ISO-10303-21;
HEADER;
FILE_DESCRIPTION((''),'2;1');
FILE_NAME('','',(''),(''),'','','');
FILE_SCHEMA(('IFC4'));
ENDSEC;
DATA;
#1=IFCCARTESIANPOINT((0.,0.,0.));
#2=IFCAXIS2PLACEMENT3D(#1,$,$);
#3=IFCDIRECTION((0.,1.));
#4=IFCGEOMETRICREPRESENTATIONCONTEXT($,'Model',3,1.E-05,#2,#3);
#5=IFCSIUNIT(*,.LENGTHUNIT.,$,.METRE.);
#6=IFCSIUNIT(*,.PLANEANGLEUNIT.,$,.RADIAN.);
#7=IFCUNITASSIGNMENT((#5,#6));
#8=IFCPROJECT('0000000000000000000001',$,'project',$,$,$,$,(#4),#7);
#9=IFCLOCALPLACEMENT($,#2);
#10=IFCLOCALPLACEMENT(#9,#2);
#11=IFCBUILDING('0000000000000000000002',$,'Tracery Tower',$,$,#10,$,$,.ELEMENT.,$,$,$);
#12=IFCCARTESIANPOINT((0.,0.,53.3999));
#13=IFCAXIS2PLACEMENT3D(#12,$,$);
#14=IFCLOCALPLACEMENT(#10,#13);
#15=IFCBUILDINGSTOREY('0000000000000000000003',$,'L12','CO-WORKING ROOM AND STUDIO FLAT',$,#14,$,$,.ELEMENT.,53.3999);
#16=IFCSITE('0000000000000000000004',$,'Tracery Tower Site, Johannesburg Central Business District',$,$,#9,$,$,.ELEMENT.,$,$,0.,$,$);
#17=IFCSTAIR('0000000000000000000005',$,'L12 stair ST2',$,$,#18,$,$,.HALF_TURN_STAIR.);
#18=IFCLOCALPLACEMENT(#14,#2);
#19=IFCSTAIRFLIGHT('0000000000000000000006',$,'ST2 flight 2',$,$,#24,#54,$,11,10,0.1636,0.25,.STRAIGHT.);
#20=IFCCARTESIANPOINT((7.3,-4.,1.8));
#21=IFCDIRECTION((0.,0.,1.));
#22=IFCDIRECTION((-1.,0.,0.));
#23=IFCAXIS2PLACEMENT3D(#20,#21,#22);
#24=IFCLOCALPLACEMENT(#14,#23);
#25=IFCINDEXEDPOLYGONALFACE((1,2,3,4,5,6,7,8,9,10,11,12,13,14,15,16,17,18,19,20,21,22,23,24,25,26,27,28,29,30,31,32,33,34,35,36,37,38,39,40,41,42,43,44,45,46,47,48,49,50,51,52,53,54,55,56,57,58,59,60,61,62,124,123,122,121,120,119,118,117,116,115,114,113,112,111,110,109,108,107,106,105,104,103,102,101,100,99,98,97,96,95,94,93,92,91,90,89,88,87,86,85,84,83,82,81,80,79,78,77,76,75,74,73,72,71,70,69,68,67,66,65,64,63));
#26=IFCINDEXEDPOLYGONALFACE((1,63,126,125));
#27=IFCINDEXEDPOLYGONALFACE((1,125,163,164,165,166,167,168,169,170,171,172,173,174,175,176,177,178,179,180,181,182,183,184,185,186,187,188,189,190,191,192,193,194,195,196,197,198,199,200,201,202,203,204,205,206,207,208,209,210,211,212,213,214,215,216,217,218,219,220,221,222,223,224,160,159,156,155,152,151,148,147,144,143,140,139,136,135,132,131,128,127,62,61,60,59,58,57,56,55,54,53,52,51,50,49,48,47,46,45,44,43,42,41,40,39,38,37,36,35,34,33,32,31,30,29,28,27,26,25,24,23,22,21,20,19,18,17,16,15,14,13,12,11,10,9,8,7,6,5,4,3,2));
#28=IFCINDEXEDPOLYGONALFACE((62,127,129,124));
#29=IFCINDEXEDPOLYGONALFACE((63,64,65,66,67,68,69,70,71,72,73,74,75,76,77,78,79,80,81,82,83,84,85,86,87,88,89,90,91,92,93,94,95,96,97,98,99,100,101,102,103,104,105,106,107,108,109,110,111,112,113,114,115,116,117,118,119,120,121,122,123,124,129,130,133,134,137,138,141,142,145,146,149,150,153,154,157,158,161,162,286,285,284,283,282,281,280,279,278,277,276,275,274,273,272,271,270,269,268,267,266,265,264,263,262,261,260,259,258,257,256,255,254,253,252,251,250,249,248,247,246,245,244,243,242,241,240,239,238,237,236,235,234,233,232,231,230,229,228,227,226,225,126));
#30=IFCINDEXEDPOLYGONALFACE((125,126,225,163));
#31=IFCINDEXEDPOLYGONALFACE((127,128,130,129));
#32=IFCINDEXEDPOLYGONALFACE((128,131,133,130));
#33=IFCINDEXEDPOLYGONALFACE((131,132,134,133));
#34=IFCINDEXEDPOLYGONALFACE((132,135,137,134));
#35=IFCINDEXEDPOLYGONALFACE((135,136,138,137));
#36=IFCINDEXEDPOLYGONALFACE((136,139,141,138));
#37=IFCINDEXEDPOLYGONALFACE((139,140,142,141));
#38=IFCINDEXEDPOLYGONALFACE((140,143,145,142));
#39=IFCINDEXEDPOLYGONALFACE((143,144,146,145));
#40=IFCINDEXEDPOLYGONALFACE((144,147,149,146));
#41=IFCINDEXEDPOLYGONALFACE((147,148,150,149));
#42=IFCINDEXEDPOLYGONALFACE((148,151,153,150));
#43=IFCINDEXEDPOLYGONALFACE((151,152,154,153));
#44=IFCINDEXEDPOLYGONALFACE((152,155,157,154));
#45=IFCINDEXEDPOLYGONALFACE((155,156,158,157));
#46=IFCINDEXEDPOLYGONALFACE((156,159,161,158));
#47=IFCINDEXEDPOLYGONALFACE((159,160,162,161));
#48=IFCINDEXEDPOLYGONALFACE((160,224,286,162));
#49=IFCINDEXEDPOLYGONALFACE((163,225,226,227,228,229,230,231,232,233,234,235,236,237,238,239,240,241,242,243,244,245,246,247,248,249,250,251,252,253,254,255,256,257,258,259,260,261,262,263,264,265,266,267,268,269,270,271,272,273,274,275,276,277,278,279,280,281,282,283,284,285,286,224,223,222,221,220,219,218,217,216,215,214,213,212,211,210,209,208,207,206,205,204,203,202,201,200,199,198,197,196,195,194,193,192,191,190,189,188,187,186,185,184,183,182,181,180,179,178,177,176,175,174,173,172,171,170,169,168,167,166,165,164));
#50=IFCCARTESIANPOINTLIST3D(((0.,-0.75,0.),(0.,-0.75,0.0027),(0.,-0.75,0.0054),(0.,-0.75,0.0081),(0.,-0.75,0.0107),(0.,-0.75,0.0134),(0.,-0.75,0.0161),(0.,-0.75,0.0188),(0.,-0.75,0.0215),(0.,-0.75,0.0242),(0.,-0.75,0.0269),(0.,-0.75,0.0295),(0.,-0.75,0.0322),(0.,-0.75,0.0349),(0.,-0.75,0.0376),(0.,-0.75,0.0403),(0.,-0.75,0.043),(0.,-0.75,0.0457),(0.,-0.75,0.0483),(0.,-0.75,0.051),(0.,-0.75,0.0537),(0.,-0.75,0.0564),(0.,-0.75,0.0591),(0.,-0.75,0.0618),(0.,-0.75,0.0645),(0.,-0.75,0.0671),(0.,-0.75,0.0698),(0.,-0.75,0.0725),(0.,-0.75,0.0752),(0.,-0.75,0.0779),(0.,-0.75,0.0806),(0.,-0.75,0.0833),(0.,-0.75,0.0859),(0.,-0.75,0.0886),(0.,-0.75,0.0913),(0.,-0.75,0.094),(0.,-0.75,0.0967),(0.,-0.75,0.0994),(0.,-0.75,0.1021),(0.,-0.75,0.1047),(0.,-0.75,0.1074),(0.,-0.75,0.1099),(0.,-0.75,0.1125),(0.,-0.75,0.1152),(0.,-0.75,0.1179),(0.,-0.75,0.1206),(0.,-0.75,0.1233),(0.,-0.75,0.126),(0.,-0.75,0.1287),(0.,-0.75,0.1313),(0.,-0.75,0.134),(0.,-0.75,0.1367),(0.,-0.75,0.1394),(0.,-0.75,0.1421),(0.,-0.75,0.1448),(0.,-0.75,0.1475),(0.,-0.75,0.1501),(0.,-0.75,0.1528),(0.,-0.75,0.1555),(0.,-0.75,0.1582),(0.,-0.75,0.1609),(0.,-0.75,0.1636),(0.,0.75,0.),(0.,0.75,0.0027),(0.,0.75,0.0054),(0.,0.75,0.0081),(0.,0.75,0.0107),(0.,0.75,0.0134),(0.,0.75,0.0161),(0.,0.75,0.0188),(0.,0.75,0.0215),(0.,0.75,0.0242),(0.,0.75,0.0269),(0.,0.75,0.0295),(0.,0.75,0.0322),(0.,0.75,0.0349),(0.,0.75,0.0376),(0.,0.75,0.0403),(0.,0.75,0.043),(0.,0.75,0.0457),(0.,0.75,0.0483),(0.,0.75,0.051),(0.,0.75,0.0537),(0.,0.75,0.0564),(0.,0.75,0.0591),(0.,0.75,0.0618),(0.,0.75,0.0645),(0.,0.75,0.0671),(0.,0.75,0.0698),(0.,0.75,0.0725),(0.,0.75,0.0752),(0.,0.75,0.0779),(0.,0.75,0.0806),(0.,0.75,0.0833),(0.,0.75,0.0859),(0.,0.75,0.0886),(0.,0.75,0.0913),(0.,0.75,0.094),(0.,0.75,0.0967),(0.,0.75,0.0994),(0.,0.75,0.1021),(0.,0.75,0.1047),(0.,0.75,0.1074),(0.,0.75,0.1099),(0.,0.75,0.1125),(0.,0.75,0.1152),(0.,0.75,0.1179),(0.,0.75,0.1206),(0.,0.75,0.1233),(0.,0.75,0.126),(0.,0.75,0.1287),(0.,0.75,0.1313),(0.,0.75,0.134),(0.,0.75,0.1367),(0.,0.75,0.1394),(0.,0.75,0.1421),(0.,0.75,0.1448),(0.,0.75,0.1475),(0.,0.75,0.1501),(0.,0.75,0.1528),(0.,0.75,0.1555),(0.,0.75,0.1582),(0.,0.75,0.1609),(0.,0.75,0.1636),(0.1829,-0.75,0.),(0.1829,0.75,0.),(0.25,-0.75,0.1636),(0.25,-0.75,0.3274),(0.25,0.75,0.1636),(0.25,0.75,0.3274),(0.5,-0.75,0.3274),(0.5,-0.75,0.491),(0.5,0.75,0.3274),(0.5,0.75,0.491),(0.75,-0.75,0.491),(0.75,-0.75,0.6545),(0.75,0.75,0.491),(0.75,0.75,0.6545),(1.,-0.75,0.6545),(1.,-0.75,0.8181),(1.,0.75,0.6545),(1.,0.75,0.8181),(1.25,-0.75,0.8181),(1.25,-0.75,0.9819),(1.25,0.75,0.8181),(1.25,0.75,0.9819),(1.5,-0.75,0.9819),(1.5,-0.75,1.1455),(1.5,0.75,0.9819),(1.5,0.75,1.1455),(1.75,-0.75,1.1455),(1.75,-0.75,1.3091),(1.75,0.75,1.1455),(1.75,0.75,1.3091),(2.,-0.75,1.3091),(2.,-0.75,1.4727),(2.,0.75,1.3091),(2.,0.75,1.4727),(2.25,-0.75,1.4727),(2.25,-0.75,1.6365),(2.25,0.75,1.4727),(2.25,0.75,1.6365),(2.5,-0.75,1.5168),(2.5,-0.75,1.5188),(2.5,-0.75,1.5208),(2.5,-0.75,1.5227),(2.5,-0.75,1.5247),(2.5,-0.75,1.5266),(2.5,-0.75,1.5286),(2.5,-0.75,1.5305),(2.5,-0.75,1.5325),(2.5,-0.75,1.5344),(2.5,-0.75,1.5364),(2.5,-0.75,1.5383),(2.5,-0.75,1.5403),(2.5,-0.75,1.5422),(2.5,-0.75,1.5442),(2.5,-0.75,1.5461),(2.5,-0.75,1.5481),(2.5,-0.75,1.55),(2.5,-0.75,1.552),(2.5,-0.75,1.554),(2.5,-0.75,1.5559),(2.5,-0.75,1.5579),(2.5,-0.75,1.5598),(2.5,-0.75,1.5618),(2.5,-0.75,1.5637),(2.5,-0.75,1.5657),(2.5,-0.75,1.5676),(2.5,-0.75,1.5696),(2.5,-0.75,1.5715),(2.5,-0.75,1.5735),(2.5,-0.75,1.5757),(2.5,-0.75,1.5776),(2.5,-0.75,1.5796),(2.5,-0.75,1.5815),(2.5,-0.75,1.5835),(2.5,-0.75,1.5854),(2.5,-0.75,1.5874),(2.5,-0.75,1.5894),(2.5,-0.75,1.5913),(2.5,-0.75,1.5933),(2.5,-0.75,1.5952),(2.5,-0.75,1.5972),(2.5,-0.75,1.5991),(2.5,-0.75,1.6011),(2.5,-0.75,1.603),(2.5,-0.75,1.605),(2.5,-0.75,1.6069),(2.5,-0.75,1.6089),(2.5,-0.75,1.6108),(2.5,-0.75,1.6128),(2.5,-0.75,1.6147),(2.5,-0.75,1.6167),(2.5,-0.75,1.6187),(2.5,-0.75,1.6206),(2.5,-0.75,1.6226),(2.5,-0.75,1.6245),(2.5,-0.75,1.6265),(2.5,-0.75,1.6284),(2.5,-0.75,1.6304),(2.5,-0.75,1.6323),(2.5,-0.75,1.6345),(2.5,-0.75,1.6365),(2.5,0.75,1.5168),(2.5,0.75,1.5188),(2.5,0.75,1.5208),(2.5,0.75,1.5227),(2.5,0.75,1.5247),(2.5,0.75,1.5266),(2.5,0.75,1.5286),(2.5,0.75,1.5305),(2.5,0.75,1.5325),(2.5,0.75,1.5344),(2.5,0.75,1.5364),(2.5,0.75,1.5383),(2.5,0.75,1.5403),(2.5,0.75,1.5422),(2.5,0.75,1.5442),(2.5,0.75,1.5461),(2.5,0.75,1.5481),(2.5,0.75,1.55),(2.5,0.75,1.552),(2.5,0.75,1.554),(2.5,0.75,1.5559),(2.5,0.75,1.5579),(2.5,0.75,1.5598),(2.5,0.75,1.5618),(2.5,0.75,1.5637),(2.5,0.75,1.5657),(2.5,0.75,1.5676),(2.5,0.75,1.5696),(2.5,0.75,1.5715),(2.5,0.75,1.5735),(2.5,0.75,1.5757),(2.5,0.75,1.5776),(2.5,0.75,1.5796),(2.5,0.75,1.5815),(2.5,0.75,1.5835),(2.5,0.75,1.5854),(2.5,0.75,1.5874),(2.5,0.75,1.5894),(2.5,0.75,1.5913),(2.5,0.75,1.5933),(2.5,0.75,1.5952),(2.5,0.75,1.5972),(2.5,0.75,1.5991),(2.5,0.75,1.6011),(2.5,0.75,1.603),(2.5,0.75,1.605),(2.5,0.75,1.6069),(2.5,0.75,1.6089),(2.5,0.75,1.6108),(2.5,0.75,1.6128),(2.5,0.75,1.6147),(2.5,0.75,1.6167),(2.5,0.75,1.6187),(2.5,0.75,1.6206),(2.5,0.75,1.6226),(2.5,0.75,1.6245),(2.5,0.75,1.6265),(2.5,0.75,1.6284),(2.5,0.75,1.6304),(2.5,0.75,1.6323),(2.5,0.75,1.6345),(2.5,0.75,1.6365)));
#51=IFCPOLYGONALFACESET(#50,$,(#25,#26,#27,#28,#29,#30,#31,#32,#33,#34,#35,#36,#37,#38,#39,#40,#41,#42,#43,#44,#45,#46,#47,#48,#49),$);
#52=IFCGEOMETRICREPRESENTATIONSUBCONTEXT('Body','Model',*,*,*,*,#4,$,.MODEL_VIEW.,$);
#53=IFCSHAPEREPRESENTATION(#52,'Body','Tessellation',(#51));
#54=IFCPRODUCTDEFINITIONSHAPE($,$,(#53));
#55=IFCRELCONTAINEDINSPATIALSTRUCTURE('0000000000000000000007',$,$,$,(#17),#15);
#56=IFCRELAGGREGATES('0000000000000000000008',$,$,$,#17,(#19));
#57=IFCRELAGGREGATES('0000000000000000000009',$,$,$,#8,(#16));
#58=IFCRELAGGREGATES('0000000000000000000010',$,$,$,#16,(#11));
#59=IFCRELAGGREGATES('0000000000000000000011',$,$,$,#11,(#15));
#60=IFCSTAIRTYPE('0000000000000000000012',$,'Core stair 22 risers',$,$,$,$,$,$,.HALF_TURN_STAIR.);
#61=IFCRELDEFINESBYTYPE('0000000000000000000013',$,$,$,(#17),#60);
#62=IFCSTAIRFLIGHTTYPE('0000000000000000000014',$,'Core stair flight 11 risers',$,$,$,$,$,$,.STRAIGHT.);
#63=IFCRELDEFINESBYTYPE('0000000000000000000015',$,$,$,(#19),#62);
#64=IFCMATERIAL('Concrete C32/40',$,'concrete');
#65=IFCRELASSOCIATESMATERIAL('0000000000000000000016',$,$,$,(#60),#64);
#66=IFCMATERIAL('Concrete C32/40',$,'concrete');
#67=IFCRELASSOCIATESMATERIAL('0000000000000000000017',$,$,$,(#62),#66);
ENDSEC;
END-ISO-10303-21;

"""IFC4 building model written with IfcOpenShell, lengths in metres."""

from ifc_helpers import new_model, si_unit, direction, frame, origin, place, context, subcontext, project, spatial, polyline, outline, extrude, material, type_object, element, aggregate, save


model = new_model("IFC4")

# Units and contexts
model_context = context("Model", 3, precision=1e-05, world=origin(), true_north=direction((0.0, 1.0)))
body_context = subcontext(model_context, "Body", "Model", "MODEL_VIEW")
ifc_project = project(units=[si_unit("LENGTHUNIT", "METRE"), si_unit("PLANEANGLEUNIT", "RADIAN")], contexts=[model_context])

# Site, building, storey
site_placement = place(None, origin())
site = spatial("IfcSite", under=ifc_project, at=site_placement, Name="Tracery Tower Site, Johannesburg Central Business District", CompositionType="ELEMENT", RefElevation=0.0)
building_placement = place(site_placement, origin())
building = spatial("IfcBuilding", under=site, at=building_placement, Name="Tracery Tower", CompositionType="ELEMENT")
storey_placement = place(building_placement, frame((0.0, 0.0, 53.3999)))
storey = spatial("IfcBuildingStorey", under=building, at=storey_placement, Name="L12", Description="CO-WORKING ROOM AND STUDIO FLAT", CompositionType="ELEMENT", Elevation=53.3999)

# Stair, stair flight
ifc_material_1 = material(Name="Concrete C32/40", Category="concrete")
stair_type = type_object("IfcStairType", Name="Core stair 22 risers", PredefinedType="HALF_TURN_STAIR", material=ifc_material_1)
stair_placement = place(storey_placement, origin())
stair = element("IfcStair", 1, at=stair_placement, inside=storey, type_object=stair_type, Name="L12 stair ST2", PredefinedType="HALF_TURN_STAIR")
ifc_material_2 = material(Name="Concrete C32/40", Category="concrete")
stair_flight_type = type_object("IfcStairFlightType", Name="Core stair flight 11 risers", PredefinedType="STRAIGHT", material=ifc_material_2)
stair_flight_1_placement = place(storey_placement, frame((7.3, -4.0, 1.8), z_axis=(0.0, 0.0, 1.0), x_axis=(-1.0, 0.0, 0.0)))
stair_flight_1 = element("IfcStairFlight", 2, at=stair_flight_1_placement, type_object=stair_flight_type, Name="ST2 flight 2", NumberOfRisers=11, NumberOfTreads=10, PredefinedType="STRAIGHT", RiserHeight=0.1636, TreadLength=0.25, context=body_context, shape_type="SweptSolid", body=[
    extrude(outline(polyline([(0.0, 0.0), (0.0, 0.0027), (0.0, 0.0054), (0.0, 0.0081), (0.0, 0.0107), (0.0, 0.0134), (0.0, 0.0161), (0.0, 0.0188), (0.0, 0.0215), (0.0, 0.0242), (0.0, 0.0269), (0.0, 0.0295), (0.0, 0.0322), (0.0, 0.0349), (0.0, 0.0376), (0.0, 0.0403), (0.0, 0.043), (0.0, 0.0457), (0.0, 0.0483), (0.0, 0.051), (0.0, 0.0537), (0.0, 0.0564), (0.0, 0.0591), (0.0, 0.0618), (0.0, 0.0645), (0.0, 0.0671), (0.0, 0.0698), (0.0, 0.0725), (0.0, 0.0752), (0.0, 0.0779), (0.0, 0.0806), (0.0, 0.0833), (0.0, 0.0859), (0.0, 0.0886), (0.0, 0.0913), (0.0, 0.094), (0.0, 0.0967), (0.0, 0.0994), (0.0, 0.1021), (0.0, 0.1047), (0.0, 0.1074), (0.0, 0.1099), (0.0, 0.1125), (0.0, 0.1152), (0.0, 0.1179), (0.0, 0.1206), (0.0, 0.1233), (0.0, 0.126), (0.0, 0.1287), (0.0, 0.1313), (0.0, 0.134), (0.0, 0.1367), (0.0, 0.1394), (0.0, 0.1421), (0.0, 0.1448), (0.0, 0.1475), (0.0, 0.1501), (0.0, 0.1528), (0.0, 0.1555), (0.0, 0.1582), (0.0, 0.1609), (0.0, 0.1636), (0.25, 0.1636), (0.25, 0.3274), (0.5, 0.3274), (0.5, 0.491), (0.75, 0.491), (0.75, 0.6545), (1.0, 0.6545), (1.0, 0.8181), (1.25, 0.8181), (1.25, 0.9819), (1.5, 0.9819), (1.5, 1.1455), (1.75, 1.1455), (1.75, 1.3091), (2.0, 1.3091), (2.0, 1.4727), (2.25, 1.4727), (2.25, 1.6365), (2.5, 1.6365), (2.5, 1.6345), (2.5, 1.6323), (2.5, 1.6304), (2.5, 1.6284), (2.5, 1.6265), (2.5, 1.6245), (2.5, 1.6226), (2.5, 1.6206), (2.5, 1.6187), (2.5, 1.6167), (2.5, 1.6147), (2.5, 1.6128), (2.5, 1.6108), (2.5, 1.6089), (2.5, 1.6069), (2.5, 1.605), (2.5, 1.603), (2.5, 1.6011), (2.5, 1.5991), (2.5, 1.5972), (2.5, 1.5952), (2.5, 1.5933), (2.5, 1.5913), (2.5, 1.5894), (2.5, 1.5874), (2.5, 1.5854), (2.5, 1.5835), (2.5, 1.5815), (2.5, 1.5796), (2.5, 1.5776), (2.5, 1.5757), (2.5, 1.5735), (2.5, 1.5715), (2.5, 1.5696), (2.5, 1.5676), (2.5, 1.5657), (2.5, 1.5637), (2.5, 1.5618), (2.5, 1.5598), (2.5, 1.5579), (2.5, 1.5559), (2.5, 1.554), (2.5, 1.552), (2.5, 1.55), (2.5, 1.5481), (2.5, 1.5461), (2.5, 1.5442), (2.5, 1.5422), (2.5, 1.5403), (2.5, 1.5383), (2.5, 1.5364), (2.5, 1.5344), (2.5, 1.5325), (2.5, 1.5305), (2.5, 1.5286), (2.5, 1.5266), (2.5, 1.5247), (2.5, 1.5227), (2.5, 1.5208), (2.5, 1.5188), (2.5, 1.5168), (0.1829, 0.0), (0.0, 0.0)])), frame((0.0, 0.75, 0.0), z_axis=(0.0, -1.0, 0.0), x_axis=(1.0, 0.0, 0.0)), (0.0, 0.0, 1.0), 1.5),
])
aggregate(stair, [stair_flight_1])

save(model, "model.ifc")
